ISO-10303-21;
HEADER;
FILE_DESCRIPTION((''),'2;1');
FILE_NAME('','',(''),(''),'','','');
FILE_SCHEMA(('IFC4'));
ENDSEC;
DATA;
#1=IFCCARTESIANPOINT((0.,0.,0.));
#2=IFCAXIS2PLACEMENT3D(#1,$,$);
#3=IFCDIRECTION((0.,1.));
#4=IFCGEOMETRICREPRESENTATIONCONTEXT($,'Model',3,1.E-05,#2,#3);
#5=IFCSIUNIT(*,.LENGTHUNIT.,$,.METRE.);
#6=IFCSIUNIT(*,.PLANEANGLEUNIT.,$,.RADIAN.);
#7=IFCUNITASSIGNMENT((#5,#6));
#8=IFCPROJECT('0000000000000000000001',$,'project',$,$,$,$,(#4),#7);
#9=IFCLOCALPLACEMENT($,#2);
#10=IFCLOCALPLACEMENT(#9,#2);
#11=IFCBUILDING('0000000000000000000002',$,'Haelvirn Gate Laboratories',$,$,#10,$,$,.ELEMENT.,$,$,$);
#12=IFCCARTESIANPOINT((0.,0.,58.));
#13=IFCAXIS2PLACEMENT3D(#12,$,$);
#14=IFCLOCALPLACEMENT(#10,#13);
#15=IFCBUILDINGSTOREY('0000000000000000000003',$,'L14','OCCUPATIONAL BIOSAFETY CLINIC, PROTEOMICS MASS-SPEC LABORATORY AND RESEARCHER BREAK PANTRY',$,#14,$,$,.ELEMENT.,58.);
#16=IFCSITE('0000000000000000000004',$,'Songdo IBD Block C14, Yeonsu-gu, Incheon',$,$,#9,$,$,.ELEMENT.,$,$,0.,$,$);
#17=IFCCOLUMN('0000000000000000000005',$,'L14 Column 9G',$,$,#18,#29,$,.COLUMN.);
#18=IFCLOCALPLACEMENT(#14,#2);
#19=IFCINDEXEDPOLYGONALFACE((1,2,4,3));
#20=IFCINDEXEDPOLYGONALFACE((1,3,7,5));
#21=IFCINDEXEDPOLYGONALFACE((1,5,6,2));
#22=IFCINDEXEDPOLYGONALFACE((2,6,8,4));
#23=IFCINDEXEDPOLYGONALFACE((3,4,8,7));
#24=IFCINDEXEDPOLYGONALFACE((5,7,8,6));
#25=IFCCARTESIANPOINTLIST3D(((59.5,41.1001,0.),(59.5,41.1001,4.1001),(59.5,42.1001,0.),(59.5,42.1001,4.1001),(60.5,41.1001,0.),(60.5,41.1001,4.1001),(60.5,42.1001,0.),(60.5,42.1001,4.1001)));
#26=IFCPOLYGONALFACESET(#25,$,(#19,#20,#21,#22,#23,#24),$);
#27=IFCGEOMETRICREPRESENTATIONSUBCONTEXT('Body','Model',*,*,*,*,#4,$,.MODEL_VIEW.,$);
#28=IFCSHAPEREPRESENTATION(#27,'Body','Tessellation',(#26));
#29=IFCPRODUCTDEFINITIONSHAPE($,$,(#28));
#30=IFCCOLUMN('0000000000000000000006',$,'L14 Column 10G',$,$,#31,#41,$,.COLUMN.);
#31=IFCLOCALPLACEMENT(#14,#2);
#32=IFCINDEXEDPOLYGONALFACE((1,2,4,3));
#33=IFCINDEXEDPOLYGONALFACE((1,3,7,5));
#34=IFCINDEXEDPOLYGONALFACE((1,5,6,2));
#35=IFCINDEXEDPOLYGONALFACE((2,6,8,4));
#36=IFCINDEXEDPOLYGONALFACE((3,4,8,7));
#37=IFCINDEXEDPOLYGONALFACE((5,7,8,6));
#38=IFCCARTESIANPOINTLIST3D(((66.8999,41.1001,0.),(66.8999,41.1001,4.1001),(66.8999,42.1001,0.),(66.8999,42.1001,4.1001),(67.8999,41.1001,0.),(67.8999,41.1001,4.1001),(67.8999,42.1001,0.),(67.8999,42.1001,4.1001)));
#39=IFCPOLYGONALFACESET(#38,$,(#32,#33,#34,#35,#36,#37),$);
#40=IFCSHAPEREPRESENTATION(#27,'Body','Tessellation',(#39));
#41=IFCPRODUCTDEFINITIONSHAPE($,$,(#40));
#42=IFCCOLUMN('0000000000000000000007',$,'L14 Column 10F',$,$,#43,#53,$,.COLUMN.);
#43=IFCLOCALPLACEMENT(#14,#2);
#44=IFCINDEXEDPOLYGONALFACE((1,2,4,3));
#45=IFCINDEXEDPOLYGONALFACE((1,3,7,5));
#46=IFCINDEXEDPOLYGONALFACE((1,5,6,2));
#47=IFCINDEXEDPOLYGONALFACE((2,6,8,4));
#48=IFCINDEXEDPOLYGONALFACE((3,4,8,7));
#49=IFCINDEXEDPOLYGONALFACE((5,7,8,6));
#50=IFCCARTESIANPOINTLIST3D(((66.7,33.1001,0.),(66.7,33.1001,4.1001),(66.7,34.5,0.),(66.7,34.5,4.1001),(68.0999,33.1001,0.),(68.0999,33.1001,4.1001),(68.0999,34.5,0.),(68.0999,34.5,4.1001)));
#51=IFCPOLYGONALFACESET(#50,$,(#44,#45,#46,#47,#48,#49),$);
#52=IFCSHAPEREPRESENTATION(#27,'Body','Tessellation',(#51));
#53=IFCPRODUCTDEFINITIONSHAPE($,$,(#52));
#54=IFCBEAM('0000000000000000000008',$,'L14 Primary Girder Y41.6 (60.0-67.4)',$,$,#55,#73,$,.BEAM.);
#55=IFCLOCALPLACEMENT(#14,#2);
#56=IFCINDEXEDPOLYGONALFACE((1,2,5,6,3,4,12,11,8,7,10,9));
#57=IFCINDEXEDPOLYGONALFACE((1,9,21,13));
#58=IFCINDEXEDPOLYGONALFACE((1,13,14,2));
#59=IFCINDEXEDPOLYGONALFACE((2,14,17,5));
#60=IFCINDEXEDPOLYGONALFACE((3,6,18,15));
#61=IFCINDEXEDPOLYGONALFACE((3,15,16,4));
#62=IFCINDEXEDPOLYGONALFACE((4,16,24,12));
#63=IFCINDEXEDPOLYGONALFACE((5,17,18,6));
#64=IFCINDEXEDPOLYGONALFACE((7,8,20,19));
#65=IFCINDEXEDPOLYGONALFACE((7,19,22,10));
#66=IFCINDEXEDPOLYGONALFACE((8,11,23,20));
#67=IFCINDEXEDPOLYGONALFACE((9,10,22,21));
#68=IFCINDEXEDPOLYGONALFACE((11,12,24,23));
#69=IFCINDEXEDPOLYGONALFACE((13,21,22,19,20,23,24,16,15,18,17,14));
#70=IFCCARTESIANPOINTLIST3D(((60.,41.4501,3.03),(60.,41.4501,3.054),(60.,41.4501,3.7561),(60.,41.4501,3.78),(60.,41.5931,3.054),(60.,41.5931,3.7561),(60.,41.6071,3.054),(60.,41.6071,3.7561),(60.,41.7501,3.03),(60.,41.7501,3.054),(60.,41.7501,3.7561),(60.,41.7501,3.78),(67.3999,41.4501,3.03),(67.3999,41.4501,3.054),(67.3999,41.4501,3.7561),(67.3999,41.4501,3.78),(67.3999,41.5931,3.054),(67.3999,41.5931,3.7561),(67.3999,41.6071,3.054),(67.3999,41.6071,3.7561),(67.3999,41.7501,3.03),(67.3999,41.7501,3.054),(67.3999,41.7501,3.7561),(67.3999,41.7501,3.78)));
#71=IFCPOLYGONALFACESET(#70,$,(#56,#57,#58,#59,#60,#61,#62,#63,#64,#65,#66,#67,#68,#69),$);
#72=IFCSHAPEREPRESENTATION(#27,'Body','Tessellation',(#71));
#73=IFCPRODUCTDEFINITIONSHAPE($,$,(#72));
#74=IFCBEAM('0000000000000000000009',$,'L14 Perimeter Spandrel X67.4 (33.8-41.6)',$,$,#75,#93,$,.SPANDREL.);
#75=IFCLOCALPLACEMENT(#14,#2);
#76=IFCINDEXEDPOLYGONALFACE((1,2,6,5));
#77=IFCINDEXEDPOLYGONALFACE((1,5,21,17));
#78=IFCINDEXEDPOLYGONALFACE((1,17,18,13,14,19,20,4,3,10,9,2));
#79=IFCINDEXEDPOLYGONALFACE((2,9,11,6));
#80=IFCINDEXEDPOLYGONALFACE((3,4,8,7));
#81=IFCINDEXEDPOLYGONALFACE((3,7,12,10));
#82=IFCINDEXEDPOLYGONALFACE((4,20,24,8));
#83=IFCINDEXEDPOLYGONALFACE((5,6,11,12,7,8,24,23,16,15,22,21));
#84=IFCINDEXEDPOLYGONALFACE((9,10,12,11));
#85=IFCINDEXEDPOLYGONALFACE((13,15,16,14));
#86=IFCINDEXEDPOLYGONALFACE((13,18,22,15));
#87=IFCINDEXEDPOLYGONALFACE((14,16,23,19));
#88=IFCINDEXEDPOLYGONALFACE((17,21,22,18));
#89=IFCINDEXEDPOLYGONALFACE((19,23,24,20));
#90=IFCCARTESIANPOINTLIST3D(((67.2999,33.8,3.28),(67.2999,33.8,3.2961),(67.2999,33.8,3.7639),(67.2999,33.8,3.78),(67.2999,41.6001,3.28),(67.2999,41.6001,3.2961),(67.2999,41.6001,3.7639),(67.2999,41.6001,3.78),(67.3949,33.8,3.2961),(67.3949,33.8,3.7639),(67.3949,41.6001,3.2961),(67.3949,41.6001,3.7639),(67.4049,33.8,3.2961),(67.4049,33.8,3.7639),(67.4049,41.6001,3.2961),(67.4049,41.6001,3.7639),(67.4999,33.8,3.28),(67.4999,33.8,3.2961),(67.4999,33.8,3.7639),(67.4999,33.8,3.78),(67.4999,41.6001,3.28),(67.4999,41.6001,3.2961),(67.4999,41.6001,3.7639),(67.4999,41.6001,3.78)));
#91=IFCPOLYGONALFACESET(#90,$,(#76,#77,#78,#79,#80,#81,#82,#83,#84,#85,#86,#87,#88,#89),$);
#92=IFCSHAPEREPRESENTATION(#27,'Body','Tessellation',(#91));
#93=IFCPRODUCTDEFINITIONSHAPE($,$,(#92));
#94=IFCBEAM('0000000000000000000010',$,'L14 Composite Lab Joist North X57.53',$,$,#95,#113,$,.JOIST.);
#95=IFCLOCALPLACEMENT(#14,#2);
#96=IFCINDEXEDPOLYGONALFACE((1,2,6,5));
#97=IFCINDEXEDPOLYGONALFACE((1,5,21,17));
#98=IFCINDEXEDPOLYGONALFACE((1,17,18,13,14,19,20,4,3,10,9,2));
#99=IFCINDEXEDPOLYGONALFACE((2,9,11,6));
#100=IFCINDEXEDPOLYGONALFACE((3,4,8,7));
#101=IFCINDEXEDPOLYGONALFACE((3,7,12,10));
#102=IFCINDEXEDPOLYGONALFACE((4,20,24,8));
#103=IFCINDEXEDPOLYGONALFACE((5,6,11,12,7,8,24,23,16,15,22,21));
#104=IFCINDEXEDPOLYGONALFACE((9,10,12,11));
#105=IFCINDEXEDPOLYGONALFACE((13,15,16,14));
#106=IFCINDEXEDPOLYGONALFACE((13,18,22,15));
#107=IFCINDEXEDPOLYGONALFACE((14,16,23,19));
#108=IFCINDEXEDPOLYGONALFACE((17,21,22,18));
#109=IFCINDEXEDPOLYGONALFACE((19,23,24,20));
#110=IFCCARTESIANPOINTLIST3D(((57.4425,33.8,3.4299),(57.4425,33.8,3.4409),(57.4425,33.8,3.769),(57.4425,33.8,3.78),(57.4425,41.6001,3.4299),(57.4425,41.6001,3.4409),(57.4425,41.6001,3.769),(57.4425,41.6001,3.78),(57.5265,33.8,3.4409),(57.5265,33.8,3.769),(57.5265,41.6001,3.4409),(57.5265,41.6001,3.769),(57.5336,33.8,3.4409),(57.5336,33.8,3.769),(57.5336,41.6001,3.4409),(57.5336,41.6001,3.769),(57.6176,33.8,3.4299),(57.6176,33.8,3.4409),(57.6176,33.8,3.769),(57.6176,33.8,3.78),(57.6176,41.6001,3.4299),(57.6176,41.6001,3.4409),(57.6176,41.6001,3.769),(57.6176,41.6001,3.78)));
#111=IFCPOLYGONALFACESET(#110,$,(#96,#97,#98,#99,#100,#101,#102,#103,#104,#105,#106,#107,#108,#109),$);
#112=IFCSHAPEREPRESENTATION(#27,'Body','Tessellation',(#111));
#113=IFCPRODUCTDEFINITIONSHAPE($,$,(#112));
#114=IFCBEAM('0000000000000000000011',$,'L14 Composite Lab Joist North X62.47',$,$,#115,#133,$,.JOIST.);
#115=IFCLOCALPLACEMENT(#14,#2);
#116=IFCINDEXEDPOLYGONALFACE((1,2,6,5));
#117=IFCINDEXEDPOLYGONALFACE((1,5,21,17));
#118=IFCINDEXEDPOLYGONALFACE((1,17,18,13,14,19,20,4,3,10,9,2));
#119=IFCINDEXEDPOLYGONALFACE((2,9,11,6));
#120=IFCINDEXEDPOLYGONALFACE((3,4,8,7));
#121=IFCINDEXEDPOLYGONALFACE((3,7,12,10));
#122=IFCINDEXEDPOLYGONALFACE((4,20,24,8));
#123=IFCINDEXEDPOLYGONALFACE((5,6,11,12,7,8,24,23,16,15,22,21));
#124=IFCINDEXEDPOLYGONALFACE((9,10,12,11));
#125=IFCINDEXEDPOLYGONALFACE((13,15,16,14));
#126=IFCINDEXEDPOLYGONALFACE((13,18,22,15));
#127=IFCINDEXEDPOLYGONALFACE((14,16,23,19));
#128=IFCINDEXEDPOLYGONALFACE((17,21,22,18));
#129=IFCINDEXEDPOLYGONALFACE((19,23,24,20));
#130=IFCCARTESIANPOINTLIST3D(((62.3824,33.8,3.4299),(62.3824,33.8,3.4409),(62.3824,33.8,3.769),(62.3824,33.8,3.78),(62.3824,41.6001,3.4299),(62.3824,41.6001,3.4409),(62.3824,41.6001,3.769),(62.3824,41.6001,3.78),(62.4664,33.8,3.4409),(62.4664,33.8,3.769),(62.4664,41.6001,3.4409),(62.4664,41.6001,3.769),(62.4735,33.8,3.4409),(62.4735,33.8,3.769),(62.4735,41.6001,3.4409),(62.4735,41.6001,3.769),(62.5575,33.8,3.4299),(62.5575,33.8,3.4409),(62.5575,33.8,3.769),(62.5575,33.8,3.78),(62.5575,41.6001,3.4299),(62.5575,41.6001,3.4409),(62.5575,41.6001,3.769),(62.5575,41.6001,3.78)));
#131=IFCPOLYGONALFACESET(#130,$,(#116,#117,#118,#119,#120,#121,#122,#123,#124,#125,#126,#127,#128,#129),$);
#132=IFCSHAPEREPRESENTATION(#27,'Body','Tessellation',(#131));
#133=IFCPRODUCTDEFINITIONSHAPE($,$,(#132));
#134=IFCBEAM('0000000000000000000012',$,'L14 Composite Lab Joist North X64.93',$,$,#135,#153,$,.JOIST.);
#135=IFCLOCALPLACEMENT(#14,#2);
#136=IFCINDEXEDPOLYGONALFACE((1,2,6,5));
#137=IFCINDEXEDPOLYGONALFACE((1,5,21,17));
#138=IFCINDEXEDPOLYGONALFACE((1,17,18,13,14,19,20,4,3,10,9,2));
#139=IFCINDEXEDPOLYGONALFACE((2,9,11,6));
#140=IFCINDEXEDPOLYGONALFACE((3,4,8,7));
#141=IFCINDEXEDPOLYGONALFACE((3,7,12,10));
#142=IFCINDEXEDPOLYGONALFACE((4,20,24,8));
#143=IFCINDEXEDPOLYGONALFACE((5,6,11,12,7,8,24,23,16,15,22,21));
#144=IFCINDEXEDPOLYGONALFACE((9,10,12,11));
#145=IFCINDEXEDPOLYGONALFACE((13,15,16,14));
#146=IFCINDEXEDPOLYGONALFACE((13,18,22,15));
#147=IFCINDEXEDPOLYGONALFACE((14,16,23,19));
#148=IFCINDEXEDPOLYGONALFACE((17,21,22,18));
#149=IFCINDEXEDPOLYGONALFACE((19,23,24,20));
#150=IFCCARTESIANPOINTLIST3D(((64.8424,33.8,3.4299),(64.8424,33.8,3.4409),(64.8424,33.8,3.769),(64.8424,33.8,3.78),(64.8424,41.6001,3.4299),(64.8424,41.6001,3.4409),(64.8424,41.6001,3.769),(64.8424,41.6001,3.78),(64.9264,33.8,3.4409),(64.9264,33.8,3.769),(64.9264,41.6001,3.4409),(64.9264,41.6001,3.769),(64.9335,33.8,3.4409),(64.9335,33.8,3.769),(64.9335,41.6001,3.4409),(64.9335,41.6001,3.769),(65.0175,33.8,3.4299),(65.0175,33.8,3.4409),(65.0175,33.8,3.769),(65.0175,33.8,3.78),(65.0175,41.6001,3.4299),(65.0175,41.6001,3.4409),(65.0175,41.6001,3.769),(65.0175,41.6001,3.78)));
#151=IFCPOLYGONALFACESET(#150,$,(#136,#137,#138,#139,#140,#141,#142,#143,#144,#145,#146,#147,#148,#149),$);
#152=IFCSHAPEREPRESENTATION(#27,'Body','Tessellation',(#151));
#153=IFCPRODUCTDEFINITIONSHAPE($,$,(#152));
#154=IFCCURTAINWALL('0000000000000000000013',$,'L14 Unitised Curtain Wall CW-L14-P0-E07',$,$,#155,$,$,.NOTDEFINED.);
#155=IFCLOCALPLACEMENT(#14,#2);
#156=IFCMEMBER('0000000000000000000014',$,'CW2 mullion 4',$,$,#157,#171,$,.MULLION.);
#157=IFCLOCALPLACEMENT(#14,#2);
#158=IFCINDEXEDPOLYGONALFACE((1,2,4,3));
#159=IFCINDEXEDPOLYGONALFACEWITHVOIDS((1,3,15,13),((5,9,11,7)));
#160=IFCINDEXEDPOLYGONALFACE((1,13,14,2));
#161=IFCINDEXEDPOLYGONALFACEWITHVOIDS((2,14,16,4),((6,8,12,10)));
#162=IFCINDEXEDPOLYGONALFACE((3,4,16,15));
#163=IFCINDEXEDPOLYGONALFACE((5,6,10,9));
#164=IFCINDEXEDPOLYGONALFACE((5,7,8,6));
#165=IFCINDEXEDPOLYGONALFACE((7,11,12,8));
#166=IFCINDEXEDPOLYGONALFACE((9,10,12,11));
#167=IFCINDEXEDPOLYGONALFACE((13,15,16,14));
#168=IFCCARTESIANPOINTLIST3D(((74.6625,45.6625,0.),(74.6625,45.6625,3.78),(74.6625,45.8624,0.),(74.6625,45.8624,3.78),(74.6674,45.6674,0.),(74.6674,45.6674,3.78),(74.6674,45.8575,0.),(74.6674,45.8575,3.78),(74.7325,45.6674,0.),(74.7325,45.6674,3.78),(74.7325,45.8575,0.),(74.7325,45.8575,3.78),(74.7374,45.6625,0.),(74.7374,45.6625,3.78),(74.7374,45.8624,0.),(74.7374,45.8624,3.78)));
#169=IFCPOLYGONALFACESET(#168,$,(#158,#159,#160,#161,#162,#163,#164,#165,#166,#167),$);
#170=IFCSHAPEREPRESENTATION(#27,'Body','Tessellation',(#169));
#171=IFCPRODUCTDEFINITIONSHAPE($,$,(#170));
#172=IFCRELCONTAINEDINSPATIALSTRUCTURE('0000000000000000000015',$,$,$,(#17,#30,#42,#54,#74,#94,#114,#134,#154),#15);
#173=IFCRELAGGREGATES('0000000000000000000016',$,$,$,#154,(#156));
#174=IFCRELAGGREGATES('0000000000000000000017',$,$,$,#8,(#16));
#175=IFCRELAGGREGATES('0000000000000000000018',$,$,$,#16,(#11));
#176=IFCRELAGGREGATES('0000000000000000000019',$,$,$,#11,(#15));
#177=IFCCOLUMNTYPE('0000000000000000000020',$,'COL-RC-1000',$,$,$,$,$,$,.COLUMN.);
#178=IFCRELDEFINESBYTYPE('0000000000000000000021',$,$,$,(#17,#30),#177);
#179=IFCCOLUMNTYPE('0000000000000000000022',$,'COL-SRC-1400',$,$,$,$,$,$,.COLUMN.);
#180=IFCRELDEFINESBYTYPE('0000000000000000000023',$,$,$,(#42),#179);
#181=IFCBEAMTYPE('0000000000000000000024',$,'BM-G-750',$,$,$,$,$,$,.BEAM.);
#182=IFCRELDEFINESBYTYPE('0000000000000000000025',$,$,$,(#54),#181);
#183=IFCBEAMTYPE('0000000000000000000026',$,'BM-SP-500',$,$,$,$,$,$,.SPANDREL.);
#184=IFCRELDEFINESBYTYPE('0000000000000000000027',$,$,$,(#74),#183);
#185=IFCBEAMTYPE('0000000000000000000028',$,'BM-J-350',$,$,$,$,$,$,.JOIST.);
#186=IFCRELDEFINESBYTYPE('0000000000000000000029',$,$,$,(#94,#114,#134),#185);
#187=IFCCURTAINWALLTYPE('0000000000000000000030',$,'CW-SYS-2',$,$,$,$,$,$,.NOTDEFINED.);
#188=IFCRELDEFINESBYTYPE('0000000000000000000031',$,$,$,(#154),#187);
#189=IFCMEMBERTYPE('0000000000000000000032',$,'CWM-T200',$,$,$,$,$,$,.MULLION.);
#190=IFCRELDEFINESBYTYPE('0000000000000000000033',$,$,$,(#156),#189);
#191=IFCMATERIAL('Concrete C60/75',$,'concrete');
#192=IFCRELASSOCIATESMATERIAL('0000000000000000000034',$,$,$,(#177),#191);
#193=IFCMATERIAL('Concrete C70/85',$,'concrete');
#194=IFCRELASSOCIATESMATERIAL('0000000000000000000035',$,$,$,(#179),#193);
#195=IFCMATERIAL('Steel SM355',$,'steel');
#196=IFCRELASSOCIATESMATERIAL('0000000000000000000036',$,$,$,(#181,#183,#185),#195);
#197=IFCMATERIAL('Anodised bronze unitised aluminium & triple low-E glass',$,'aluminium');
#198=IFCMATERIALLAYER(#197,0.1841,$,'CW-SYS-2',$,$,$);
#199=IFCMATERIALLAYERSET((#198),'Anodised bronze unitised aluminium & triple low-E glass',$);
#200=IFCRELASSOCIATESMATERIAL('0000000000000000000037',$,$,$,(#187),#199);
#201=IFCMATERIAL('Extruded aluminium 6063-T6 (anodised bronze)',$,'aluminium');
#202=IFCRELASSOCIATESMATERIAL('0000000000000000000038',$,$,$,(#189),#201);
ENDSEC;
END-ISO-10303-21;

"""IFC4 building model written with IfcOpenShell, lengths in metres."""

from ifc_helpers import new_model, si_unit, direction, frame, origin, origin_2d, place, context, subcontext, project, spatial, rectangle, hollow_rectangle, i_section, extrude, source, transform, mapped, material, layer, layer_set, material_profile, profile_set, type_object, type_shapes, element, aggregate, save


model = new_model("IFC4")

# Units and contexts
model_context = context("Model", 3, precision=1e-05, world=origin(), true_north=direction((0.0, 1.0)))
body_context = subcontext(model_context, "Body", "Model", "MODEL_VIEW")
ifc_project = project(units=[si_unit("LENGTHUNIT", "METRE"), si_unit("PLANEANGLEUNIT", "RADIAN")], contexts=[model_context])

# Site, building, storey
site_placement = place(None, origin())
site = spatial("IfcSite", under=ifc_project, at=site_placement, Name="Songdo IBD Block C14, Yeonsu-gu, Incheon", CompositionType="ELEMENT", RefElevation=0.0)
building_placement = place(site_placement, origin())
building = spatial("IfcBuilding", under=site, at=building_placement, Name="Haelvirn Gate Laboratories", CompositionType="ELEMENT")
storey_placement = place(building_placement, frame((0.0, 0.0, 58.0)))
storey = spatial("IfcBuildingStorey", under=building, at=storey_placement, Name="L14", Description="OCCUPATIONAL BIOSAFETY CLINIC, PROTEOMICS MASS-SPEC LABORATORY AND RESEARCHER BREAK PANTRY", CompositionType="ELEMENT", Elevation=58.0)

# Columns
ifc_material_1 = material(Name="Concrete C60/75", Category="concrete")
ifc_material_profile_1 = material_profile(ifc_material_1, rectangle(XDim=1.0, YDim=1.0, at=origin_2d()), Name="RC-1000x1000")
ifc_profile_set_1 = profile_set([ifc_material_profile_1], Name="Concrete C60/75")
column_type_1 = type_object("IfcColumnType", Name="COL-RC-1000", PredefinedType="COLUMN", material=ifc_profile_set_1)
shared_shape_1 = source(origin(), body_context, "Body", "SweptSolid", [
    extrude(rectangle(XDim=1.0, YDim=1.0, at=origin_2d()), origin(), (0.0, 0.0, 1.0), 4.1001),
])
type_shapes(column_type_1, [shared_shape_1])
for number, where, z_axis, x_axis, name in (
    (1, (60.0, 41.6001, 0.0), (0.0, 0.0, 1.0), (1.0, 0.0, 0.0), "L14 Column 9G"),
    (2, (67.3999, 41.6001, 0.0), (0.0, 0.0, 1.0), (1.0, 0.0, 0.0), "L14 Column 10G"),
):
    element("IfcColumn", number, at=place(storey_placement, frame(where, z_axis=z_axis, x_axis=x_axis)), inside=storey, type_object=column_type_1, Name=name, PredefinedType="COLUMN", context=body_context, shape_type="MappedRepresentation", body=[
        mapped(shared_shape_1, transform((0.0, 0.0, 0.0), scale=1.0)),
    ])
ifc_material_2 = material(Name="Concrete C70/85", Category="concrete")
ifc_material_profile_2 = material_profile(ifc_material_2, rectangle(XDim=1.3999, YDim=1.3999, at=origin_2d()), Name="SRC-1400x1400")
ifc_profile_set_2 = profile_set([ifc_material_profile_2], Name="Concrete C70/85")
column_type_2 = type_object("IfcColumnType", Name="COL-SRC-1400", PredefinedType="COLUMN", material=ifc_profile_set_2)
shared_shape_2 = source(origin(), body_context, "Body", "SweptSolid", [
    extrude(rectangle(XDim=1.3999, YDim=1.3999, at=origin_2d()), origin(), (0.0, 0.0, 1.0), 4.1001),
])
type_shapes(column_type_2, [shared_shape_2])
column_placement = place(storey_placement, frame((67.3999, 33.8, 0.0), z_axis=(0.0, 0.0, 1.0), x_axis=(1.0, 0.0, 0.0)))
element("IfcColumn", 3, at=column_placement, inside=storey, type_object=column_type_2, Name="L14 Column 10F", PredefinedType="COLUMN", context=body_context, shape_type="MappedRepresentation", body=[
    mapped(shared_shape_2, transform((0.0, 0.0, 0.0), scale=1.0)),
])

# Beams
ifc_material_3 = material(Name="Steel SM355", Category="steel")
ifc_material_profile_3 = material_profile(ifc_material_3, i_section(OverallWidth=0.3, OverallDepth=0.75, WebThickness=0.0139, FlangeThickness=0.0239, at=origin_2d()), Name="H-750x300x14x24")
ifc_profile_set_3 = profile_set([ifc_material_profile_3], Name="Steel SM355")
beam_type_1 = type_object("IfcBeamType", Name="BM-G-750", PredefinedType="BEAM", material=ifc_profile_set_3)
shared_shape_3 = source(origin(), body_context, "Body", "SweptSolid", [
    extrude(i_section(OverallWidth=0.3, OverallDepth=0.75, WebThickness=0.0139, FlangeThickness=0.0239, at=origin_2d()), origin(), (0.0, 0.0, 1.0), 7.3999),
])
type_shapes(beam_type_1, [shared_shape_3])
beam_1_placement = place(storey_placement, frame((60.0, 41.6001, 3.405), z_axis=(1.0, 0.0, 0.0), x_axis=(0.0, 1.0, 0.0)))
element("IfcBeam", 4, at=beam_1_placement, inside=storey, type_object=beam_type_1, Name="L14 Primary Girder Y41.6 (60.0-67.4)", PredefinedType="BEAM", context=body_context, shape_type="MappedRepresentation", body=[
    mapped(shared_shape_3, transform((0.0, 0.0, 0.0), scale=1.0)),
])
ifc_material_profile_4 = material_profile(ifc_material_3, i_section(OverallWidth=0.2, OverallDepth=0.5, WebThickness=0.01, FlangeThickness=0.0161, at=origin_2d()), Name="H-500x200x10x16")
ifc_profile_set_4 = profile_set([ifc_material_profile_4], Name="Steel SM355")
beam_type_2 = type_object("IfcBeamType", Name="BM-SP-500", PredefinedType="SPANDREL", material=ifc_profile_set_4)
shared_shape_4 = source(origin(), body_context, "Body", "SweptSolid", [
    extrude(i_section(OverallWidth=0.2, OverallDepth=0.5, WebThickness=0.01, FlangeThickness=0.0161, at=origin_2d()), origin(), (0.0, 0.0, 1.0), 7.8),
])
type_shapes(beam_type_2, [shared_shape_4])
beam_2_placement = place(storey_placement, frame((67.3999, 33.8, 3.53), z_axis=(0.0, 1.0, 0.0), x_axis=(-1.0, 0.0, 0.0)))
element("IfcBeam", 5, at=beam_2_placement, inside=storey, type_object=beam_type_2, Name="L14 Perimeter Spandrel X67.4 (33.8-41.6)", PredefinedType="SPANDREL", context=body_context, shape_type="MappedRepresentation", body=[
    mapped(shared_shape_4, transform((0.0, 0.0, 0.0), scale=1.0)),
])
ifc_material_profile_5 = material_profile(ifc_material_3, i_section(OverallWidth=0.175, OverallDepth=0.3501, WebThickness=0.0071, FlangeThickness=0.011, at=origin_2d()), Name="H-350x175x7x11")
ifc_profile_set_5 = profile_set([ifc_material_profile_5], Name="Steel SM355")
beam_type_3 = type_object("IfcBeamType", Name="BM-J-350", PredefinedType="JOIST", material=ifc_profile_set_5)
shared_shape_5 = source(origin(), body_context, "Body", "SweptSolid", [
    extrude(i_section(OverallWidth=0.175, OverallDepth=0.3501, WebThickness=0.0071, FlangeThickness=0.011, at=origin_2d()), origin(), (0.0, 0.0, 1.0), 7.8),
])
type_shapes(beam_type_3, [shared_shape_5])
for number, where, z_axis, x_axis, name in (
    (6, (57.53, 33.8, 3.605), (0.0, 1.0, 0.0), (-1.0, 0.0, 0.0), "L14 Composite Lab Joist North X57.53"),
    (7, (62.47, 33.8, 3.605), (0.0, 1.0, 0.0), (-1.0, 0.0, 0.0), "L14 Composite Lab Joist North X62.47"),
    (8, (64.9299, 33.8, 3.605), (0.0, 1.0, 0.0), (-1.0, 0.0, 0.0), "L14 Composite Lab Joist North X64.93"),
):
    element("IfcBeam", number, at=place(storey_placement, frame(where, z_axis=z_axis, x_axis=x_axis)), inside=storey, type_object=beam_type_3, Name=name, PredefinedType="JOIST", context=body_context, shape_type="MappedRepresentation", body=[
        mapped(shared_shape_5, transform((0.0, 0.0, 0.0), scale=1.0)),
    ])

# Curtain wall, member
ifc_material_4 = material(Name="Anodised bronze unitised aluminium & triple low-E glass", Category="aluminium")
ifc_layer_1 = layer(ifc_material_4, 0.1841, Name="CW-SYS-2")
ifc_layer_set_1 = layer_set([ifc_layer_1], Name="Anodised bronze unitised aluminium & triple low-E glass")
curtain_wall_type_1 = type_object("IfcCurtainWallType", Name="CW-SYS-2", PredefinedType="NOTDEFINED", material=ifc_layer_set_1)
curtain_wall_1_placement = place(storey_placement, origin())
curtain_wall_1 = element("IfcCurtainWall", 9, at=curtain_wall_1_placement, inside=storey, type_object=curtain_wall_type_1, Name="L14 Unitised Curtain Wall CW-L14-P0-E07", PredefinedType="NOTDEFINED")
ifc_material_5 = material(Name="Extruded aluminium 6063-T6 (anodised bronze)", Category="aluminium")
ifc_material_profile_6 = material_profile(ifc_material_5, hollow_rectangle(XDim=0.075, YDim=0.2, WallThickness=0.0049, at=origin_2d()), Name="CWM-200x75x5")
ifc_profile_set_6 = profile_set([ifc_material_profile_6], Name="Extruded aluminium 6063-T6 (anodised bronze)")
member_type_1 = type_object("IfcMemberType", Name="CWM-T200", PredefinedType="MULLION", material=ifc_profile_set_6)
shared_shape_6 = source(origin(), body_context, "Body", "SweptSolid", [
    extrude(hollow_rectangle(XDim=0.075, YDim=0.2, WallThickness=0.0049, at=origin_2d()), origin(), (0.0, 0.0, 1.0), 3.78),
])
type_shapes(member_type_1, [shared_shape_6])
member_1_placement = place(storey_placement, frame((74.7, 45.7625, 0.0), z_axis=(0.0, 0.0, 1.0), x_axis=(-1.0, 0.0, 0.0)))
member_1 = element("IfcMember", 10, at=member_1_placement, type_object=member_type_1, Name="CW2 mullion 4", PredefinedType="MULLION", context=body_context, shape_type="MappedRepresentation", body=[
    mapped(shared_shape_6, transform((0.0, 0.0, 0.0), scale=1.0)),
])

aggregate(curtain_wall_1, [member_1])

save(model, "model.ifc")
